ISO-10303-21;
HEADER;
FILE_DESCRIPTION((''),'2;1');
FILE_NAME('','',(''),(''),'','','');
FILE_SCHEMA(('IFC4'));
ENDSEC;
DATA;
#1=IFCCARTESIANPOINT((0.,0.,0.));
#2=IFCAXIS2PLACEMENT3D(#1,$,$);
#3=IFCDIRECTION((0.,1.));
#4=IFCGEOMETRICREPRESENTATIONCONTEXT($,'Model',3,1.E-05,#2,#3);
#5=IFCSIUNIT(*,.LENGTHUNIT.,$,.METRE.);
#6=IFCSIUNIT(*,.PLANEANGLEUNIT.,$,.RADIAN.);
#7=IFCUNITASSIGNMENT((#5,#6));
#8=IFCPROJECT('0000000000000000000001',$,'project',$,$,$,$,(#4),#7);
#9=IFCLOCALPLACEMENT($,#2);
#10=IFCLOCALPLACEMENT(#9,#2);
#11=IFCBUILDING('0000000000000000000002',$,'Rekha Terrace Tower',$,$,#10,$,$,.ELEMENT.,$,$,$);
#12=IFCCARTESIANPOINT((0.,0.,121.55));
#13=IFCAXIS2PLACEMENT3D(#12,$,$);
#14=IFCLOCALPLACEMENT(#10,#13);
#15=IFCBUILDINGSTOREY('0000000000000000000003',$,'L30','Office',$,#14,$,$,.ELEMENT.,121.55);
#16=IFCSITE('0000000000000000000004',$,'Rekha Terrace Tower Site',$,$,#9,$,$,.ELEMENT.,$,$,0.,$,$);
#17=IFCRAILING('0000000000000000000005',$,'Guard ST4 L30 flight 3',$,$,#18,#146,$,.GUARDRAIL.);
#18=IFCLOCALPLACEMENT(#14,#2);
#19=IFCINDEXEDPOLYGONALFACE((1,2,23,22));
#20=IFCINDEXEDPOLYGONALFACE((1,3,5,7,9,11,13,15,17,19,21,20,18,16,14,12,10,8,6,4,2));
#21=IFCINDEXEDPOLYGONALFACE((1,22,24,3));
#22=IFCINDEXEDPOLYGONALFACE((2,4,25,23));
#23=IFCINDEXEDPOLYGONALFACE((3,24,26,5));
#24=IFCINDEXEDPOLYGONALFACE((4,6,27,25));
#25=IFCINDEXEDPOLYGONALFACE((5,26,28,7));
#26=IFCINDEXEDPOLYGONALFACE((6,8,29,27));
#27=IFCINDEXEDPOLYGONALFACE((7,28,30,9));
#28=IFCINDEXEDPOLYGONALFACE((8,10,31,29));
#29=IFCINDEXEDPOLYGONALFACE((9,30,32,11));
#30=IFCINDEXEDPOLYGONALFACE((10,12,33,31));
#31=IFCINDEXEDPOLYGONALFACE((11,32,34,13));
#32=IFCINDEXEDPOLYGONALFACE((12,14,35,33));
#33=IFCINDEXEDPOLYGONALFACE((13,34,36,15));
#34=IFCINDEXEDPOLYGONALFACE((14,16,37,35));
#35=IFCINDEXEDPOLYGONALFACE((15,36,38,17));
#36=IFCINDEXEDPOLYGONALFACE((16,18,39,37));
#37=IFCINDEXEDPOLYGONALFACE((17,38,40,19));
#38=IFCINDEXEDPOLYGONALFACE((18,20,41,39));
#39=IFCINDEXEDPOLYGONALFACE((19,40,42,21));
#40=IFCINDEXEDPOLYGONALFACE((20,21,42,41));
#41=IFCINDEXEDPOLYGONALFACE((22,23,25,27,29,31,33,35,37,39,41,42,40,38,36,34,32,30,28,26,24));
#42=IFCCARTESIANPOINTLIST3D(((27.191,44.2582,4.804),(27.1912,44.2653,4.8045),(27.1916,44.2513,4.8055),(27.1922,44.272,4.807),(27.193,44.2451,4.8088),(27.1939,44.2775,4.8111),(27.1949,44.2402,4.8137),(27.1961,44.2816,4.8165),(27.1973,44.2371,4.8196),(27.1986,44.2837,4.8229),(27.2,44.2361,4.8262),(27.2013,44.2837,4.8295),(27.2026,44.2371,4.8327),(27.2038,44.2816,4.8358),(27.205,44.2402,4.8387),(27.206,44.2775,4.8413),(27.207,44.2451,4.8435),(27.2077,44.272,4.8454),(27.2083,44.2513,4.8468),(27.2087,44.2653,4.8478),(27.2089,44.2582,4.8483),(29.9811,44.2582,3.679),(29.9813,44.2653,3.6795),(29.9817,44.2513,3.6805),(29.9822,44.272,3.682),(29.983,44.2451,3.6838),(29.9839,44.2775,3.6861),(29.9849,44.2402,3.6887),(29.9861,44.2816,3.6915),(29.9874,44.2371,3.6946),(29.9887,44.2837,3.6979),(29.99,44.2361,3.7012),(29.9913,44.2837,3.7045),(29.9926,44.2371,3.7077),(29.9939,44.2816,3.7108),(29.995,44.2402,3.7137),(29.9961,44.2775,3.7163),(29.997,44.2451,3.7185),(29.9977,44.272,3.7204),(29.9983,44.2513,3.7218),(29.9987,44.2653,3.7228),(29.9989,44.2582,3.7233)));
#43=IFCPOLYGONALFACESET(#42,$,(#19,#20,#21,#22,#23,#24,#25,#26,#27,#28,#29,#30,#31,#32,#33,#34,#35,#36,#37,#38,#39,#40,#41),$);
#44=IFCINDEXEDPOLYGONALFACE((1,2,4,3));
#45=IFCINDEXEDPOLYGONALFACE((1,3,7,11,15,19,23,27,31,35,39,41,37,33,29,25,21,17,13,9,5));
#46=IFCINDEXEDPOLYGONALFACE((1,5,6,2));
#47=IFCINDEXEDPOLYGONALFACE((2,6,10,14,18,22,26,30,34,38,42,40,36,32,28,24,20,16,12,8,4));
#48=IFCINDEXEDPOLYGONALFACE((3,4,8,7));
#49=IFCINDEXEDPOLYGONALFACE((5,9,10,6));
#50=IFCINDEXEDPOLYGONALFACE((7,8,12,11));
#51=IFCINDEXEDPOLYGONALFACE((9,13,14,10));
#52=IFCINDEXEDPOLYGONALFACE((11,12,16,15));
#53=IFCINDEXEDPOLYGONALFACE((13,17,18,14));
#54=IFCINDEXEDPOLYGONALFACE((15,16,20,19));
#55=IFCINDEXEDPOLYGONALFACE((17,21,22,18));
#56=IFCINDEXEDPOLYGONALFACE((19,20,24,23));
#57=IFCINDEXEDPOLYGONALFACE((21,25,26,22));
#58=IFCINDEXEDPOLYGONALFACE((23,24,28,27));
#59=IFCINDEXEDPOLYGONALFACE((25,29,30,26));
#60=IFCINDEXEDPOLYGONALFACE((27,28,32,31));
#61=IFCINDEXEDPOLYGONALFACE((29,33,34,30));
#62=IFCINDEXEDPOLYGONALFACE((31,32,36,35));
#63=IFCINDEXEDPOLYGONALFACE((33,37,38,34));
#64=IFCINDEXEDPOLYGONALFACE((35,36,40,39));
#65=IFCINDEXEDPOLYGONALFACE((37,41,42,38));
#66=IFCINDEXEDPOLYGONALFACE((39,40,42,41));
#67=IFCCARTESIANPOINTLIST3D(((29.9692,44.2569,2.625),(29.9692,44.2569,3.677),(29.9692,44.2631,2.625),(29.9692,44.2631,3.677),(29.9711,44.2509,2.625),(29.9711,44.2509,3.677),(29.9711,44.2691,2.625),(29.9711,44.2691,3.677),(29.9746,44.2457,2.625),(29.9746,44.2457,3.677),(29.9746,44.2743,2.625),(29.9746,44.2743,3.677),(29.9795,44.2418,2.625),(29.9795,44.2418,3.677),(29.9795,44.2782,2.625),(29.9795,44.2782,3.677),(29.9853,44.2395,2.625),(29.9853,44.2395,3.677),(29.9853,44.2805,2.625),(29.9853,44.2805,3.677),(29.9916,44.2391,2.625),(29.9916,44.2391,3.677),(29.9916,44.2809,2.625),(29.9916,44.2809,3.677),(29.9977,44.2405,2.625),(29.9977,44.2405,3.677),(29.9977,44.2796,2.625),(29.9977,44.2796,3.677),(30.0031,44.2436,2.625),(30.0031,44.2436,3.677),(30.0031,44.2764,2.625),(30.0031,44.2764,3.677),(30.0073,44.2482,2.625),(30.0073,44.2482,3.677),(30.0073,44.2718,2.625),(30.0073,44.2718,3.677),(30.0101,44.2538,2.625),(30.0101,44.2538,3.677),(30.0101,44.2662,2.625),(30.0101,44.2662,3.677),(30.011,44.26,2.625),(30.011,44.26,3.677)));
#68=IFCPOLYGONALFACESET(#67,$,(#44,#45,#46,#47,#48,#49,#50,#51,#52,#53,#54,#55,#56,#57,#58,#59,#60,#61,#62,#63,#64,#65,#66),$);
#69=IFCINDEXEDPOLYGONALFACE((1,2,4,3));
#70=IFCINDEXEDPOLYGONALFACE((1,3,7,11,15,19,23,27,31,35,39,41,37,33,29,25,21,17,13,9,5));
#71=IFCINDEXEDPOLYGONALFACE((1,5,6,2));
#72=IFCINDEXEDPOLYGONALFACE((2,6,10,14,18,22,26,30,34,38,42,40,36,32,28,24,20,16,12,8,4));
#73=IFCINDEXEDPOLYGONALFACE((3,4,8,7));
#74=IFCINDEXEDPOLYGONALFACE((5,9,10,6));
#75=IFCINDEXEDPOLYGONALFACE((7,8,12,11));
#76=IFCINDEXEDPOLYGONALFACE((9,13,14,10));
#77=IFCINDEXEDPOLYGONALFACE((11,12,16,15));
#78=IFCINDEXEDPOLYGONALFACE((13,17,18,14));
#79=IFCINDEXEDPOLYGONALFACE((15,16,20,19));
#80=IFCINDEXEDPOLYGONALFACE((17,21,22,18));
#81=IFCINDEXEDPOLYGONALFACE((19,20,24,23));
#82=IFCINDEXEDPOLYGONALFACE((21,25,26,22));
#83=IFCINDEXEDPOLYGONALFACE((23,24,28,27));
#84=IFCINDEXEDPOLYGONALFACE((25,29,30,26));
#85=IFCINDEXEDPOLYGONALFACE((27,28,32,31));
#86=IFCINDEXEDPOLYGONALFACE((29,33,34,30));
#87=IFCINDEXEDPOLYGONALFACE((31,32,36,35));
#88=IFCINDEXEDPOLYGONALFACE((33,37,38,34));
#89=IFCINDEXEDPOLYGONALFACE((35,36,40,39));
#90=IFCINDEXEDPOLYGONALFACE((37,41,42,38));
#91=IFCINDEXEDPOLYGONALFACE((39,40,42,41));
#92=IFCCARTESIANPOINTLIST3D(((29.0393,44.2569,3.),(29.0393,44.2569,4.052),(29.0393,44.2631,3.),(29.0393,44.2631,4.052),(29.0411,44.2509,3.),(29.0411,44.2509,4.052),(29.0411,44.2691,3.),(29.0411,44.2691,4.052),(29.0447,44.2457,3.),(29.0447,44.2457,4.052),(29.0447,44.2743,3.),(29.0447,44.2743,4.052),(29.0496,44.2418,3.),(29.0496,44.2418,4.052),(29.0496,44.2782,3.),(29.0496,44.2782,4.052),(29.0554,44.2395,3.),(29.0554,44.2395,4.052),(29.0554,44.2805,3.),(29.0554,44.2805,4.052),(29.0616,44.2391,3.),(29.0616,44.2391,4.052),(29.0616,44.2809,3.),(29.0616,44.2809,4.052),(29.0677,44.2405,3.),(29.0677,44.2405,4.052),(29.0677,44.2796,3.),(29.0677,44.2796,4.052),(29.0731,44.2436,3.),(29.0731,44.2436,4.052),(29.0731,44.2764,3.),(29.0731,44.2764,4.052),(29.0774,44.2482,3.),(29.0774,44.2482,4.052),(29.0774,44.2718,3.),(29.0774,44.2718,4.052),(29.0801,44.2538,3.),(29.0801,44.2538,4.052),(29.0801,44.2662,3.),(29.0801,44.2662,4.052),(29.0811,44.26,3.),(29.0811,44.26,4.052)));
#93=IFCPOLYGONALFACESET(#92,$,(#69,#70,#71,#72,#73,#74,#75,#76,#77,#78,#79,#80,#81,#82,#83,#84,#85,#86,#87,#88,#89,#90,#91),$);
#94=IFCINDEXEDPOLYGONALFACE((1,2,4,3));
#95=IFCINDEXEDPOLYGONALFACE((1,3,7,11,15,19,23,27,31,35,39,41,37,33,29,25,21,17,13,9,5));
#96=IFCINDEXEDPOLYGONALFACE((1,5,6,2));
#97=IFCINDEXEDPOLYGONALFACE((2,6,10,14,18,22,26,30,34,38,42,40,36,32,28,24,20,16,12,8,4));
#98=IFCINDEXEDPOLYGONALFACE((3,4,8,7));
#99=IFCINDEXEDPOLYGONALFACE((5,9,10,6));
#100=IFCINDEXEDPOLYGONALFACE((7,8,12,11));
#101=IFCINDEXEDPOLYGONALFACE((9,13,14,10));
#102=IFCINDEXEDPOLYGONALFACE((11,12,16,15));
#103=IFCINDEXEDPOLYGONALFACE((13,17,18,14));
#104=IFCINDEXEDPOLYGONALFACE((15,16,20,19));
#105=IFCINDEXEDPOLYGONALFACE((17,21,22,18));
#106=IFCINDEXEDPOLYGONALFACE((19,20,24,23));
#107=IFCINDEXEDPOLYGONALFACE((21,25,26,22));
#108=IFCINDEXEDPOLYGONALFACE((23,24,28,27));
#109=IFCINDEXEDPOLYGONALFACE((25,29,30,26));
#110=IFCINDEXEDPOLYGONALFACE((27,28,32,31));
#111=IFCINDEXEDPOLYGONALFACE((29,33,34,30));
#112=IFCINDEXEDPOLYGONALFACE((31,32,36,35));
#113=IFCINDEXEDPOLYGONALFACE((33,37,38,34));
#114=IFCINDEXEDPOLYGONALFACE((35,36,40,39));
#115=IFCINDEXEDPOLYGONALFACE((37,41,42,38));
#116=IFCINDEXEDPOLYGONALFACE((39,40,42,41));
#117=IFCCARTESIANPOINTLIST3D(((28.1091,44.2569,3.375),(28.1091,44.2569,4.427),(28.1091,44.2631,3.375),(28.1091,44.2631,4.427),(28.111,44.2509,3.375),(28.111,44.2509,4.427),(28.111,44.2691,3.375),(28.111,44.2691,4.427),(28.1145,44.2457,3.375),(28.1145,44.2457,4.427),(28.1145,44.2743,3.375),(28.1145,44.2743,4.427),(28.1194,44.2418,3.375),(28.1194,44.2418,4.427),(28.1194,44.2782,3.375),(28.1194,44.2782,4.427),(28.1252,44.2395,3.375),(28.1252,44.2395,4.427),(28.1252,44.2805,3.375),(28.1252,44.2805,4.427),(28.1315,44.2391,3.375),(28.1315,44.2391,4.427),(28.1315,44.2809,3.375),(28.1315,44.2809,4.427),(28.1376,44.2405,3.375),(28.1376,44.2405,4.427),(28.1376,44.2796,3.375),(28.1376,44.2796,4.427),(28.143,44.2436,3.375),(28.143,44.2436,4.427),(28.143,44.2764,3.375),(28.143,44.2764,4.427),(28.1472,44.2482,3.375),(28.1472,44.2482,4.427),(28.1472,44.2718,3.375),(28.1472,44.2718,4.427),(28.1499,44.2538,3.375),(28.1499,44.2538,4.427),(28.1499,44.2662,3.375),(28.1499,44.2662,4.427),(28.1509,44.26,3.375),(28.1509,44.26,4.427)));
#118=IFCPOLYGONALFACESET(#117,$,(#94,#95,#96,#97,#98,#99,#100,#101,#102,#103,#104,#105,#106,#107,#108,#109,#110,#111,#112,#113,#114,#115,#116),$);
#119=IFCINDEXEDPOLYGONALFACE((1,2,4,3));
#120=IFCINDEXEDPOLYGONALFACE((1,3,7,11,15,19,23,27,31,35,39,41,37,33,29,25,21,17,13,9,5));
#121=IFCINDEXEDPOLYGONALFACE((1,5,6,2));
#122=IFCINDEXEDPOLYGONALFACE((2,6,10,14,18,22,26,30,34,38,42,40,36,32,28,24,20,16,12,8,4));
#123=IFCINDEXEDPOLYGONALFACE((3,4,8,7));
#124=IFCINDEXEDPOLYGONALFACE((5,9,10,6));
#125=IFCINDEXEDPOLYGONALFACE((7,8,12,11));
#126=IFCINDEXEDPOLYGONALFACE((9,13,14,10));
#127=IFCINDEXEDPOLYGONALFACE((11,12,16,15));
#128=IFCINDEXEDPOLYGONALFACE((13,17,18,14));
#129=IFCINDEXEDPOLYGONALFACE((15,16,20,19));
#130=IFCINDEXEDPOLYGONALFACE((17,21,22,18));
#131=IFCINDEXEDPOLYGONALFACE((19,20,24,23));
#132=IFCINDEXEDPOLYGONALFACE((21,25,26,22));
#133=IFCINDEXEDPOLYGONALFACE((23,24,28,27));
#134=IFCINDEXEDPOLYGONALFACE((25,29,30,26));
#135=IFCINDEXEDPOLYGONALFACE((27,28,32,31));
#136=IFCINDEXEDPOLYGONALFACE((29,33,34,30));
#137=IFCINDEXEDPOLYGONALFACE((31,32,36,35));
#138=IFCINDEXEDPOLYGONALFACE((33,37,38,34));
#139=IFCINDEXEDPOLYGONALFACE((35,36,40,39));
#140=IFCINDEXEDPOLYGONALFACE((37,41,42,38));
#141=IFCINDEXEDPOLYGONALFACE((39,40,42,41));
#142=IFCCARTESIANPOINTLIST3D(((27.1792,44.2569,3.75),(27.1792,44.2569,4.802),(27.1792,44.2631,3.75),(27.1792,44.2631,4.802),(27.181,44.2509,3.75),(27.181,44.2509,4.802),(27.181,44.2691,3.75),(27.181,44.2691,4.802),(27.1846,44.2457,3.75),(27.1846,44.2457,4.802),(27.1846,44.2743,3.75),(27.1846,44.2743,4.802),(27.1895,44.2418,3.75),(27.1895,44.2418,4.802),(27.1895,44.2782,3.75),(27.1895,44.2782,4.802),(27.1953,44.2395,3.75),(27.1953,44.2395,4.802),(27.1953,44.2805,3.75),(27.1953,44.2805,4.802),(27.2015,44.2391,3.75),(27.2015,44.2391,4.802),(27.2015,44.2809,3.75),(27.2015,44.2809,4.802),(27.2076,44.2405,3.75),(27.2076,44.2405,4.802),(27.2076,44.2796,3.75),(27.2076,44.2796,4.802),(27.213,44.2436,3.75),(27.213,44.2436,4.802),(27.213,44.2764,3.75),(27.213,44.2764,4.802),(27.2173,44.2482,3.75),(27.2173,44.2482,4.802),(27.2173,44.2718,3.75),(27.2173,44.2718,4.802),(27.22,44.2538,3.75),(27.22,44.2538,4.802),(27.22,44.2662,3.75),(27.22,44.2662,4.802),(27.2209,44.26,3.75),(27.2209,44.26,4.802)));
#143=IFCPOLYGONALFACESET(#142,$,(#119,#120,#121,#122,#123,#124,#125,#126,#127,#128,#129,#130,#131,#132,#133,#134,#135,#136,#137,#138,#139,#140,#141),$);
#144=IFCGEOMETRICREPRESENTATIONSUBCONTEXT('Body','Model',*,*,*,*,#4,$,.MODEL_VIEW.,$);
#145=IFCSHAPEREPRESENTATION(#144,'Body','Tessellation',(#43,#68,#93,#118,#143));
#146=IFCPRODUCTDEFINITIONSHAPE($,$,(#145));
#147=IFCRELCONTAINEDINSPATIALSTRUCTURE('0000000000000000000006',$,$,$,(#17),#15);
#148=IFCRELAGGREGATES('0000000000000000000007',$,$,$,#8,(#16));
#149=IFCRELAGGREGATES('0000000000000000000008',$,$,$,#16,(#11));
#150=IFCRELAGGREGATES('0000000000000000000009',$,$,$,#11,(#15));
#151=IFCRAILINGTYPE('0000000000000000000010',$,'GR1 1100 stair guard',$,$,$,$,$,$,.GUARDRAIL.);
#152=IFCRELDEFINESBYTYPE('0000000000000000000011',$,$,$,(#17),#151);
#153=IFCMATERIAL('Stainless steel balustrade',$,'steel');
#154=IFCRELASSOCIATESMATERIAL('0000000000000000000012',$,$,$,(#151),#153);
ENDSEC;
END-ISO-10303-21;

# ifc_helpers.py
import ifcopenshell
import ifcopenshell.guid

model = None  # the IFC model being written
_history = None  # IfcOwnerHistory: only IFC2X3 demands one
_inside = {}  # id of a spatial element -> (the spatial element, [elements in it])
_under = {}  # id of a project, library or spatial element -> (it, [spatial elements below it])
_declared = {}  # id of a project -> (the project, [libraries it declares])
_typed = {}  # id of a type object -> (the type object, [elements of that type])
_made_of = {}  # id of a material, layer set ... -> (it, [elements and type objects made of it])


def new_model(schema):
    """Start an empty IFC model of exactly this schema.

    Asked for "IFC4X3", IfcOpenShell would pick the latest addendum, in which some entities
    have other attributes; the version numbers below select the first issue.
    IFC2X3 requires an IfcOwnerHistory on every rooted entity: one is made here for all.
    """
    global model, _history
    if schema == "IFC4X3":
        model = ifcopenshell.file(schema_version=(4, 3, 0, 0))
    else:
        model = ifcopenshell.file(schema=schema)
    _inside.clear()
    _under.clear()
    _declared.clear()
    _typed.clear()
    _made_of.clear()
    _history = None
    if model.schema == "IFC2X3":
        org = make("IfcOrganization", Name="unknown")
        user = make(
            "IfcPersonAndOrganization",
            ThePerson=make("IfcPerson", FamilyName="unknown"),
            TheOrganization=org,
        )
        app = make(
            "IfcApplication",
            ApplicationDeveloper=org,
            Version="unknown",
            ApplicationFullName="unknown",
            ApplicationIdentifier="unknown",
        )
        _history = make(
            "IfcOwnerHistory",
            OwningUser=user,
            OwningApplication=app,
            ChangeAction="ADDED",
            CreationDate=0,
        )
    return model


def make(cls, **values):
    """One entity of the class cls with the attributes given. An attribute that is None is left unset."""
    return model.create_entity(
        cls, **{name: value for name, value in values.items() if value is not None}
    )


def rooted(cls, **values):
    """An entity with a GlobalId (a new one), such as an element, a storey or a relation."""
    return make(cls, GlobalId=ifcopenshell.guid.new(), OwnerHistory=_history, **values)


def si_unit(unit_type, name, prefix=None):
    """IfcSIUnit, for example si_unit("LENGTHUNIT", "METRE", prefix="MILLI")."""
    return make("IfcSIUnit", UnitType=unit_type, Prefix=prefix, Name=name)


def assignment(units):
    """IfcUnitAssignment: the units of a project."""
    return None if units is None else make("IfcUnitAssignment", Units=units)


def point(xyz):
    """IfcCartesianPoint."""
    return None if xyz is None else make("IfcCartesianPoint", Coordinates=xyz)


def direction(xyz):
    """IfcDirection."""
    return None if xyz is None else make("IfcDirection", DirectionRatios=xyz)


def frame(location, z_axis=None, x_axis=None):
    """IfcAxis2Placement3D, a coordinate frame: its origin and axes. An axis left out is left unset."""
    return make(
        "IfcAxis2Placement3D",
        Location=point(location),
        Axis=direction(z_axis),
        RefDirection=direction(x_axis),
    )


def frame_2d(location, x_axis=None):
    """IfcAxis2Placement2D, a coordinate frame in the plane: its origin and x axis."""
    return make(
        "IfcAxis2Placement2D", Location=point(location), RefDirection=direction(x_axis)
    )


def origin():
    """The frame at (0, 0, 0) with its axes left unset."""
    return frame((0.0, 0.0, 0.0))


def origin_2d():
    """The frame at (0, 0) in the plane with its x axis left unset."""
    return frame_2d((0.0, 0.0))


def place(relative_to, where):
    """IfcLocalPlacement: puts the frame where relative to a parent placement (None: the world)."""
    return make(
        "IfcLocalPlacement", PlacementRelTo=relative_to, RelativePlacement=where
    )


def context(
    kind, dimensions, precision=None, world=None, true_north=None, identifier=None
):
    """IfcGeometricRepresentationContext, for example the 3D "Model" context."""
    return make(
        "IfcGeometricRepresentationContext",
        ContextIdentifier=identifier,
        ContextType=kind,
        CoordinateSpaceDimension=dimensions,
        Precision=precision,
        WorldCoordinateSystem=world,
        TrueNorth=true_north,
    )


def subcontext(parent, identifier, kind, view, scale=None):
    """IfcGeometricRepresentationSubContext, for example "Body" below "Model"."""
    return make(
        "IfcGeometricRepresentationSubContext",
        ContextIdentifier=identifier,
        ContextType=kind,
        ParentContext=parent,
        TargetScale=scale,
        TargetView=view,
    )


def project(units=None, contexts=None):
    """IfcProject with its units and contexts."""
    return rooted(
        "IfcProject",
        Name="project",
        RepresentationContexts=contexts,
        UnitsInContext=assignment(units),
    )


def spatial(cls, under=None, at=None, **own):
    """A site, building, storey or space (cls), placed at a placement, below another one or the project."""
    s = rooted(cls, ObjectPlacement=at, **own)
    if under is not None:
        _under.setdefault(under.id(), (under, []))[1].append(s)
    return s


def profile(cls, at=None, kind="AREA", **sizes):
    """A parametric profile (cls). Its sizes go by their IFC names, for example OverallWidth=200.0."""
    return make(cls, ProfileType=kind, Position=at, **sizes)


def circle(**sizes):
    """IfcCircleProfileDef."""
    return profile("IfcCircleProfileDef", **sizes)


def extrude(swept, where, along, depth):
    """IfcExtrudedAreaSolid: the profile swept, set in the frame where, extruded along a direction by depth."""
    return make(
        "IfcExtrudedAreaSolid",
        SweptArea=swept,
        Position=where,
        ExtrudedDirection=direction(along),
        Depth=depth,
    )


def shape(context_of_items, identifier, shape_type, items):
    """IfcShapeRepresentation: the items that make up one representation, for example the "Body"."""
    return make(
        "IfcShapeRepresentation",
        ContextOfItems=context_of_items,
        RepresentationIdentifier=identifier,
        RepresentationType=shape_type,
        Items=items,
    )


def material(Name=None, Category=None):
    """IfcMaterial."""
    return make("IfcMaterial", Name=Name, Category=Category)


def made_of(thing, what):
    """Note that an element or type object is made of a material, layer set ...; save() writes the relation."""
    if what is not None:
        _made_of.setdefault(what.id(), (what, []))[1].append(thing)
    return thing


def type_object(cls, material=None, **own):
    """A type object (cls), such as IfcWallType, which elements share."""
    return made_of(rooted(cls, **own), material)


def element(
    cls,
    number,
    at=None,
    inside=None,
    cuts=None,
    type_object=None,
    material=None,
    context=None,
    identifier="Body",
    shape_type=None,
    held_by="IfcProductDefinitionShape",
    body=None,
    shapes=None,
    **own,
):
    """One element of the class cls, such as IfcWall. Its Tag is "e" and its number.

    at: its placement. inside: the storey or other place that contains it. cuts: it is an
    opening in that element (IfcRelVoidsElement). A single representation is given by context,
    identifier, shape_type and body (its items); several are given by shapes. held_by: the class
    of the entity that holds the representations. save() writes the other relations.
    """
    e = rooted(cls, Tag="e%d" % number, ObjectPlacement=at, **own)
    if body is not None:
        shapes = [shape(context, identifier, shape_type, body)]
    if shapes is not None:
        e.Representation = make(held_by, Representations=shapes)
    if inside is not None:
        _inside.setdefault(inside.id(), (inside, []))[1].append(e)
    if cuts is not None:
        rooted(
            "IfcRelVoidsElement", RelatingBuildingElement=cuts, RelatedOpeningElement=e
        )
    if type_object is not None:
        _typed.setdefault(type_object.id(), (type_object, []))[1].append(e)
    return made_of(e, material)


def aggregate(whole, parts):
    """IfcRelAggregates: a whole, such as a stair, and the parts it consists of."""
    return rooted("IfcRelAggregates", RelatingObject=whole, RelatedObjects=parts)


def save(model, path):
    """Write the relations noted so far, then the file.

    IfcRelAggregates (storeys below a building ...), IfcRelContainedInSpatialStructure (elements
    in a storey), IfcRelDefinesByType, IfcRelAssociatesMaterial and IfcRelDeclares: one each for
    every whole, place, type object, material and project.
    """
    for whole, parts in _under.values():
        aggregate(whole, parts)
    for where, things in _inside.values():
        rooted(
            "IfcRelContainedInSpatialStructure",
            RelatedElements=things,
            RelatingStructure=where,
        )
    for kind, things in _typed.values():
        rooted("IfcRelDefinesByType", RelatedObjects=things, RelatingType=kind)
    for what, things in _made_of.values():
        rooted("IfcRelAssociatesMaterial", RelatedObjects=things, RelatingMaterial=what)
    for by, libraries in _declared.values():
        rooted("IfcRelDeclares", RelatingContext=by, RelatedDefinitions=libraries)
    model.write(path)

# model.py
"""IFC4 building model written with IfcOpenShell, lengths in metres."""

from ifc_helpers import new_model, si_unit, direction, frame, origin, origin_2d, place, context, subcontext, project, spatial, circle, extrude, material, type_object, element, save


model = new_model("IFC4")

# Units and contexts
model_context = context("Model", 3, precision=1e-05, world=origin(), true_north=direction((0.0, 1.0)))
body_context = subcontext(model_context, "Body", "Model", "MODEL_VIEW")
ifc_project = project(units=[si_unit("LENGTHUNIT", "METRE"), si_unit("PLANEANGLEUNIT", "RADIAN")], contexts=[model_context])

# Site, building, storey
site_placement = place(None, origin())
site = spatial("IfcSite", under=ifc_project, at=site_placement, Name="Rekha Terrace Tower Site", CompositionType="ELEMENT", RefElevation=0.0)
building_placement = place(site_placement, origin())
building = spatial("IfcBuilding", under=site, at=building_placement, Name="Rekha Terrace Tower", CompositionType="ELEMENT")
storey_placement = place(building_placement, frame((0.0, 0.0, 121.55)))
storey = spatial("IfcBuildingStorey", under=building, at=storey_placement, Name="L30", Description="Office", CompositionType="ELEMENT", Elevation=121.55)

# Railing
ifc_material_1 = material(Name="Stainless steel balustrade", Category="steel")
railing_type_1 = type_object("IfcRailingType", Name="GR1 1100 stair guard", PredefinedType="GUARDRAIL", material=ifc_material_1)
railing_1_placement = place(storey_placement, frame((29.99, 44.26, 2.625)))
element("IfcRailing", 1, at=railing_1_placement, inside=storey, type_object=railing_type_1, Name="Guard ST4 L30 flight 3", PredefinedType="GUARDRAIL", context=body_context, shape_type="SweptSolid", body=[
    extrude(circle(Radius=0.0239, at=origin_2d()), frame((0.0, 0.0, 1.0762), z_axis=(-0.927443, 0.0, 0.373964), x_axis=(0.0, -1.0, 0.0)), (0.0, 0.0, 1.0), 3.0083),
    extrude(circle(Radius=0.021, at=origin_2d()), origin(), (0.0, 0.0, 1.0), 1.052),
    extrude(circle(Radius=0.021, at=origin_2d()), frame((-0.9299, 0.0, 0.375)), (0.0, 0.0, 1.0), 1.052),
    extrude(circle(Radius=0.021, at=origin_2d()), frame((-1.8601, 0.0, 0.75)), (0.0, 0.0, 1.0), 1.052),
    extrude(circle(Radius=0.021, at=origin_2d()), frame((-2.79, 0.0, 1.125)), (0.0, 0.0, 1.0), 1.052),
])

save(model, "model.ifc")
